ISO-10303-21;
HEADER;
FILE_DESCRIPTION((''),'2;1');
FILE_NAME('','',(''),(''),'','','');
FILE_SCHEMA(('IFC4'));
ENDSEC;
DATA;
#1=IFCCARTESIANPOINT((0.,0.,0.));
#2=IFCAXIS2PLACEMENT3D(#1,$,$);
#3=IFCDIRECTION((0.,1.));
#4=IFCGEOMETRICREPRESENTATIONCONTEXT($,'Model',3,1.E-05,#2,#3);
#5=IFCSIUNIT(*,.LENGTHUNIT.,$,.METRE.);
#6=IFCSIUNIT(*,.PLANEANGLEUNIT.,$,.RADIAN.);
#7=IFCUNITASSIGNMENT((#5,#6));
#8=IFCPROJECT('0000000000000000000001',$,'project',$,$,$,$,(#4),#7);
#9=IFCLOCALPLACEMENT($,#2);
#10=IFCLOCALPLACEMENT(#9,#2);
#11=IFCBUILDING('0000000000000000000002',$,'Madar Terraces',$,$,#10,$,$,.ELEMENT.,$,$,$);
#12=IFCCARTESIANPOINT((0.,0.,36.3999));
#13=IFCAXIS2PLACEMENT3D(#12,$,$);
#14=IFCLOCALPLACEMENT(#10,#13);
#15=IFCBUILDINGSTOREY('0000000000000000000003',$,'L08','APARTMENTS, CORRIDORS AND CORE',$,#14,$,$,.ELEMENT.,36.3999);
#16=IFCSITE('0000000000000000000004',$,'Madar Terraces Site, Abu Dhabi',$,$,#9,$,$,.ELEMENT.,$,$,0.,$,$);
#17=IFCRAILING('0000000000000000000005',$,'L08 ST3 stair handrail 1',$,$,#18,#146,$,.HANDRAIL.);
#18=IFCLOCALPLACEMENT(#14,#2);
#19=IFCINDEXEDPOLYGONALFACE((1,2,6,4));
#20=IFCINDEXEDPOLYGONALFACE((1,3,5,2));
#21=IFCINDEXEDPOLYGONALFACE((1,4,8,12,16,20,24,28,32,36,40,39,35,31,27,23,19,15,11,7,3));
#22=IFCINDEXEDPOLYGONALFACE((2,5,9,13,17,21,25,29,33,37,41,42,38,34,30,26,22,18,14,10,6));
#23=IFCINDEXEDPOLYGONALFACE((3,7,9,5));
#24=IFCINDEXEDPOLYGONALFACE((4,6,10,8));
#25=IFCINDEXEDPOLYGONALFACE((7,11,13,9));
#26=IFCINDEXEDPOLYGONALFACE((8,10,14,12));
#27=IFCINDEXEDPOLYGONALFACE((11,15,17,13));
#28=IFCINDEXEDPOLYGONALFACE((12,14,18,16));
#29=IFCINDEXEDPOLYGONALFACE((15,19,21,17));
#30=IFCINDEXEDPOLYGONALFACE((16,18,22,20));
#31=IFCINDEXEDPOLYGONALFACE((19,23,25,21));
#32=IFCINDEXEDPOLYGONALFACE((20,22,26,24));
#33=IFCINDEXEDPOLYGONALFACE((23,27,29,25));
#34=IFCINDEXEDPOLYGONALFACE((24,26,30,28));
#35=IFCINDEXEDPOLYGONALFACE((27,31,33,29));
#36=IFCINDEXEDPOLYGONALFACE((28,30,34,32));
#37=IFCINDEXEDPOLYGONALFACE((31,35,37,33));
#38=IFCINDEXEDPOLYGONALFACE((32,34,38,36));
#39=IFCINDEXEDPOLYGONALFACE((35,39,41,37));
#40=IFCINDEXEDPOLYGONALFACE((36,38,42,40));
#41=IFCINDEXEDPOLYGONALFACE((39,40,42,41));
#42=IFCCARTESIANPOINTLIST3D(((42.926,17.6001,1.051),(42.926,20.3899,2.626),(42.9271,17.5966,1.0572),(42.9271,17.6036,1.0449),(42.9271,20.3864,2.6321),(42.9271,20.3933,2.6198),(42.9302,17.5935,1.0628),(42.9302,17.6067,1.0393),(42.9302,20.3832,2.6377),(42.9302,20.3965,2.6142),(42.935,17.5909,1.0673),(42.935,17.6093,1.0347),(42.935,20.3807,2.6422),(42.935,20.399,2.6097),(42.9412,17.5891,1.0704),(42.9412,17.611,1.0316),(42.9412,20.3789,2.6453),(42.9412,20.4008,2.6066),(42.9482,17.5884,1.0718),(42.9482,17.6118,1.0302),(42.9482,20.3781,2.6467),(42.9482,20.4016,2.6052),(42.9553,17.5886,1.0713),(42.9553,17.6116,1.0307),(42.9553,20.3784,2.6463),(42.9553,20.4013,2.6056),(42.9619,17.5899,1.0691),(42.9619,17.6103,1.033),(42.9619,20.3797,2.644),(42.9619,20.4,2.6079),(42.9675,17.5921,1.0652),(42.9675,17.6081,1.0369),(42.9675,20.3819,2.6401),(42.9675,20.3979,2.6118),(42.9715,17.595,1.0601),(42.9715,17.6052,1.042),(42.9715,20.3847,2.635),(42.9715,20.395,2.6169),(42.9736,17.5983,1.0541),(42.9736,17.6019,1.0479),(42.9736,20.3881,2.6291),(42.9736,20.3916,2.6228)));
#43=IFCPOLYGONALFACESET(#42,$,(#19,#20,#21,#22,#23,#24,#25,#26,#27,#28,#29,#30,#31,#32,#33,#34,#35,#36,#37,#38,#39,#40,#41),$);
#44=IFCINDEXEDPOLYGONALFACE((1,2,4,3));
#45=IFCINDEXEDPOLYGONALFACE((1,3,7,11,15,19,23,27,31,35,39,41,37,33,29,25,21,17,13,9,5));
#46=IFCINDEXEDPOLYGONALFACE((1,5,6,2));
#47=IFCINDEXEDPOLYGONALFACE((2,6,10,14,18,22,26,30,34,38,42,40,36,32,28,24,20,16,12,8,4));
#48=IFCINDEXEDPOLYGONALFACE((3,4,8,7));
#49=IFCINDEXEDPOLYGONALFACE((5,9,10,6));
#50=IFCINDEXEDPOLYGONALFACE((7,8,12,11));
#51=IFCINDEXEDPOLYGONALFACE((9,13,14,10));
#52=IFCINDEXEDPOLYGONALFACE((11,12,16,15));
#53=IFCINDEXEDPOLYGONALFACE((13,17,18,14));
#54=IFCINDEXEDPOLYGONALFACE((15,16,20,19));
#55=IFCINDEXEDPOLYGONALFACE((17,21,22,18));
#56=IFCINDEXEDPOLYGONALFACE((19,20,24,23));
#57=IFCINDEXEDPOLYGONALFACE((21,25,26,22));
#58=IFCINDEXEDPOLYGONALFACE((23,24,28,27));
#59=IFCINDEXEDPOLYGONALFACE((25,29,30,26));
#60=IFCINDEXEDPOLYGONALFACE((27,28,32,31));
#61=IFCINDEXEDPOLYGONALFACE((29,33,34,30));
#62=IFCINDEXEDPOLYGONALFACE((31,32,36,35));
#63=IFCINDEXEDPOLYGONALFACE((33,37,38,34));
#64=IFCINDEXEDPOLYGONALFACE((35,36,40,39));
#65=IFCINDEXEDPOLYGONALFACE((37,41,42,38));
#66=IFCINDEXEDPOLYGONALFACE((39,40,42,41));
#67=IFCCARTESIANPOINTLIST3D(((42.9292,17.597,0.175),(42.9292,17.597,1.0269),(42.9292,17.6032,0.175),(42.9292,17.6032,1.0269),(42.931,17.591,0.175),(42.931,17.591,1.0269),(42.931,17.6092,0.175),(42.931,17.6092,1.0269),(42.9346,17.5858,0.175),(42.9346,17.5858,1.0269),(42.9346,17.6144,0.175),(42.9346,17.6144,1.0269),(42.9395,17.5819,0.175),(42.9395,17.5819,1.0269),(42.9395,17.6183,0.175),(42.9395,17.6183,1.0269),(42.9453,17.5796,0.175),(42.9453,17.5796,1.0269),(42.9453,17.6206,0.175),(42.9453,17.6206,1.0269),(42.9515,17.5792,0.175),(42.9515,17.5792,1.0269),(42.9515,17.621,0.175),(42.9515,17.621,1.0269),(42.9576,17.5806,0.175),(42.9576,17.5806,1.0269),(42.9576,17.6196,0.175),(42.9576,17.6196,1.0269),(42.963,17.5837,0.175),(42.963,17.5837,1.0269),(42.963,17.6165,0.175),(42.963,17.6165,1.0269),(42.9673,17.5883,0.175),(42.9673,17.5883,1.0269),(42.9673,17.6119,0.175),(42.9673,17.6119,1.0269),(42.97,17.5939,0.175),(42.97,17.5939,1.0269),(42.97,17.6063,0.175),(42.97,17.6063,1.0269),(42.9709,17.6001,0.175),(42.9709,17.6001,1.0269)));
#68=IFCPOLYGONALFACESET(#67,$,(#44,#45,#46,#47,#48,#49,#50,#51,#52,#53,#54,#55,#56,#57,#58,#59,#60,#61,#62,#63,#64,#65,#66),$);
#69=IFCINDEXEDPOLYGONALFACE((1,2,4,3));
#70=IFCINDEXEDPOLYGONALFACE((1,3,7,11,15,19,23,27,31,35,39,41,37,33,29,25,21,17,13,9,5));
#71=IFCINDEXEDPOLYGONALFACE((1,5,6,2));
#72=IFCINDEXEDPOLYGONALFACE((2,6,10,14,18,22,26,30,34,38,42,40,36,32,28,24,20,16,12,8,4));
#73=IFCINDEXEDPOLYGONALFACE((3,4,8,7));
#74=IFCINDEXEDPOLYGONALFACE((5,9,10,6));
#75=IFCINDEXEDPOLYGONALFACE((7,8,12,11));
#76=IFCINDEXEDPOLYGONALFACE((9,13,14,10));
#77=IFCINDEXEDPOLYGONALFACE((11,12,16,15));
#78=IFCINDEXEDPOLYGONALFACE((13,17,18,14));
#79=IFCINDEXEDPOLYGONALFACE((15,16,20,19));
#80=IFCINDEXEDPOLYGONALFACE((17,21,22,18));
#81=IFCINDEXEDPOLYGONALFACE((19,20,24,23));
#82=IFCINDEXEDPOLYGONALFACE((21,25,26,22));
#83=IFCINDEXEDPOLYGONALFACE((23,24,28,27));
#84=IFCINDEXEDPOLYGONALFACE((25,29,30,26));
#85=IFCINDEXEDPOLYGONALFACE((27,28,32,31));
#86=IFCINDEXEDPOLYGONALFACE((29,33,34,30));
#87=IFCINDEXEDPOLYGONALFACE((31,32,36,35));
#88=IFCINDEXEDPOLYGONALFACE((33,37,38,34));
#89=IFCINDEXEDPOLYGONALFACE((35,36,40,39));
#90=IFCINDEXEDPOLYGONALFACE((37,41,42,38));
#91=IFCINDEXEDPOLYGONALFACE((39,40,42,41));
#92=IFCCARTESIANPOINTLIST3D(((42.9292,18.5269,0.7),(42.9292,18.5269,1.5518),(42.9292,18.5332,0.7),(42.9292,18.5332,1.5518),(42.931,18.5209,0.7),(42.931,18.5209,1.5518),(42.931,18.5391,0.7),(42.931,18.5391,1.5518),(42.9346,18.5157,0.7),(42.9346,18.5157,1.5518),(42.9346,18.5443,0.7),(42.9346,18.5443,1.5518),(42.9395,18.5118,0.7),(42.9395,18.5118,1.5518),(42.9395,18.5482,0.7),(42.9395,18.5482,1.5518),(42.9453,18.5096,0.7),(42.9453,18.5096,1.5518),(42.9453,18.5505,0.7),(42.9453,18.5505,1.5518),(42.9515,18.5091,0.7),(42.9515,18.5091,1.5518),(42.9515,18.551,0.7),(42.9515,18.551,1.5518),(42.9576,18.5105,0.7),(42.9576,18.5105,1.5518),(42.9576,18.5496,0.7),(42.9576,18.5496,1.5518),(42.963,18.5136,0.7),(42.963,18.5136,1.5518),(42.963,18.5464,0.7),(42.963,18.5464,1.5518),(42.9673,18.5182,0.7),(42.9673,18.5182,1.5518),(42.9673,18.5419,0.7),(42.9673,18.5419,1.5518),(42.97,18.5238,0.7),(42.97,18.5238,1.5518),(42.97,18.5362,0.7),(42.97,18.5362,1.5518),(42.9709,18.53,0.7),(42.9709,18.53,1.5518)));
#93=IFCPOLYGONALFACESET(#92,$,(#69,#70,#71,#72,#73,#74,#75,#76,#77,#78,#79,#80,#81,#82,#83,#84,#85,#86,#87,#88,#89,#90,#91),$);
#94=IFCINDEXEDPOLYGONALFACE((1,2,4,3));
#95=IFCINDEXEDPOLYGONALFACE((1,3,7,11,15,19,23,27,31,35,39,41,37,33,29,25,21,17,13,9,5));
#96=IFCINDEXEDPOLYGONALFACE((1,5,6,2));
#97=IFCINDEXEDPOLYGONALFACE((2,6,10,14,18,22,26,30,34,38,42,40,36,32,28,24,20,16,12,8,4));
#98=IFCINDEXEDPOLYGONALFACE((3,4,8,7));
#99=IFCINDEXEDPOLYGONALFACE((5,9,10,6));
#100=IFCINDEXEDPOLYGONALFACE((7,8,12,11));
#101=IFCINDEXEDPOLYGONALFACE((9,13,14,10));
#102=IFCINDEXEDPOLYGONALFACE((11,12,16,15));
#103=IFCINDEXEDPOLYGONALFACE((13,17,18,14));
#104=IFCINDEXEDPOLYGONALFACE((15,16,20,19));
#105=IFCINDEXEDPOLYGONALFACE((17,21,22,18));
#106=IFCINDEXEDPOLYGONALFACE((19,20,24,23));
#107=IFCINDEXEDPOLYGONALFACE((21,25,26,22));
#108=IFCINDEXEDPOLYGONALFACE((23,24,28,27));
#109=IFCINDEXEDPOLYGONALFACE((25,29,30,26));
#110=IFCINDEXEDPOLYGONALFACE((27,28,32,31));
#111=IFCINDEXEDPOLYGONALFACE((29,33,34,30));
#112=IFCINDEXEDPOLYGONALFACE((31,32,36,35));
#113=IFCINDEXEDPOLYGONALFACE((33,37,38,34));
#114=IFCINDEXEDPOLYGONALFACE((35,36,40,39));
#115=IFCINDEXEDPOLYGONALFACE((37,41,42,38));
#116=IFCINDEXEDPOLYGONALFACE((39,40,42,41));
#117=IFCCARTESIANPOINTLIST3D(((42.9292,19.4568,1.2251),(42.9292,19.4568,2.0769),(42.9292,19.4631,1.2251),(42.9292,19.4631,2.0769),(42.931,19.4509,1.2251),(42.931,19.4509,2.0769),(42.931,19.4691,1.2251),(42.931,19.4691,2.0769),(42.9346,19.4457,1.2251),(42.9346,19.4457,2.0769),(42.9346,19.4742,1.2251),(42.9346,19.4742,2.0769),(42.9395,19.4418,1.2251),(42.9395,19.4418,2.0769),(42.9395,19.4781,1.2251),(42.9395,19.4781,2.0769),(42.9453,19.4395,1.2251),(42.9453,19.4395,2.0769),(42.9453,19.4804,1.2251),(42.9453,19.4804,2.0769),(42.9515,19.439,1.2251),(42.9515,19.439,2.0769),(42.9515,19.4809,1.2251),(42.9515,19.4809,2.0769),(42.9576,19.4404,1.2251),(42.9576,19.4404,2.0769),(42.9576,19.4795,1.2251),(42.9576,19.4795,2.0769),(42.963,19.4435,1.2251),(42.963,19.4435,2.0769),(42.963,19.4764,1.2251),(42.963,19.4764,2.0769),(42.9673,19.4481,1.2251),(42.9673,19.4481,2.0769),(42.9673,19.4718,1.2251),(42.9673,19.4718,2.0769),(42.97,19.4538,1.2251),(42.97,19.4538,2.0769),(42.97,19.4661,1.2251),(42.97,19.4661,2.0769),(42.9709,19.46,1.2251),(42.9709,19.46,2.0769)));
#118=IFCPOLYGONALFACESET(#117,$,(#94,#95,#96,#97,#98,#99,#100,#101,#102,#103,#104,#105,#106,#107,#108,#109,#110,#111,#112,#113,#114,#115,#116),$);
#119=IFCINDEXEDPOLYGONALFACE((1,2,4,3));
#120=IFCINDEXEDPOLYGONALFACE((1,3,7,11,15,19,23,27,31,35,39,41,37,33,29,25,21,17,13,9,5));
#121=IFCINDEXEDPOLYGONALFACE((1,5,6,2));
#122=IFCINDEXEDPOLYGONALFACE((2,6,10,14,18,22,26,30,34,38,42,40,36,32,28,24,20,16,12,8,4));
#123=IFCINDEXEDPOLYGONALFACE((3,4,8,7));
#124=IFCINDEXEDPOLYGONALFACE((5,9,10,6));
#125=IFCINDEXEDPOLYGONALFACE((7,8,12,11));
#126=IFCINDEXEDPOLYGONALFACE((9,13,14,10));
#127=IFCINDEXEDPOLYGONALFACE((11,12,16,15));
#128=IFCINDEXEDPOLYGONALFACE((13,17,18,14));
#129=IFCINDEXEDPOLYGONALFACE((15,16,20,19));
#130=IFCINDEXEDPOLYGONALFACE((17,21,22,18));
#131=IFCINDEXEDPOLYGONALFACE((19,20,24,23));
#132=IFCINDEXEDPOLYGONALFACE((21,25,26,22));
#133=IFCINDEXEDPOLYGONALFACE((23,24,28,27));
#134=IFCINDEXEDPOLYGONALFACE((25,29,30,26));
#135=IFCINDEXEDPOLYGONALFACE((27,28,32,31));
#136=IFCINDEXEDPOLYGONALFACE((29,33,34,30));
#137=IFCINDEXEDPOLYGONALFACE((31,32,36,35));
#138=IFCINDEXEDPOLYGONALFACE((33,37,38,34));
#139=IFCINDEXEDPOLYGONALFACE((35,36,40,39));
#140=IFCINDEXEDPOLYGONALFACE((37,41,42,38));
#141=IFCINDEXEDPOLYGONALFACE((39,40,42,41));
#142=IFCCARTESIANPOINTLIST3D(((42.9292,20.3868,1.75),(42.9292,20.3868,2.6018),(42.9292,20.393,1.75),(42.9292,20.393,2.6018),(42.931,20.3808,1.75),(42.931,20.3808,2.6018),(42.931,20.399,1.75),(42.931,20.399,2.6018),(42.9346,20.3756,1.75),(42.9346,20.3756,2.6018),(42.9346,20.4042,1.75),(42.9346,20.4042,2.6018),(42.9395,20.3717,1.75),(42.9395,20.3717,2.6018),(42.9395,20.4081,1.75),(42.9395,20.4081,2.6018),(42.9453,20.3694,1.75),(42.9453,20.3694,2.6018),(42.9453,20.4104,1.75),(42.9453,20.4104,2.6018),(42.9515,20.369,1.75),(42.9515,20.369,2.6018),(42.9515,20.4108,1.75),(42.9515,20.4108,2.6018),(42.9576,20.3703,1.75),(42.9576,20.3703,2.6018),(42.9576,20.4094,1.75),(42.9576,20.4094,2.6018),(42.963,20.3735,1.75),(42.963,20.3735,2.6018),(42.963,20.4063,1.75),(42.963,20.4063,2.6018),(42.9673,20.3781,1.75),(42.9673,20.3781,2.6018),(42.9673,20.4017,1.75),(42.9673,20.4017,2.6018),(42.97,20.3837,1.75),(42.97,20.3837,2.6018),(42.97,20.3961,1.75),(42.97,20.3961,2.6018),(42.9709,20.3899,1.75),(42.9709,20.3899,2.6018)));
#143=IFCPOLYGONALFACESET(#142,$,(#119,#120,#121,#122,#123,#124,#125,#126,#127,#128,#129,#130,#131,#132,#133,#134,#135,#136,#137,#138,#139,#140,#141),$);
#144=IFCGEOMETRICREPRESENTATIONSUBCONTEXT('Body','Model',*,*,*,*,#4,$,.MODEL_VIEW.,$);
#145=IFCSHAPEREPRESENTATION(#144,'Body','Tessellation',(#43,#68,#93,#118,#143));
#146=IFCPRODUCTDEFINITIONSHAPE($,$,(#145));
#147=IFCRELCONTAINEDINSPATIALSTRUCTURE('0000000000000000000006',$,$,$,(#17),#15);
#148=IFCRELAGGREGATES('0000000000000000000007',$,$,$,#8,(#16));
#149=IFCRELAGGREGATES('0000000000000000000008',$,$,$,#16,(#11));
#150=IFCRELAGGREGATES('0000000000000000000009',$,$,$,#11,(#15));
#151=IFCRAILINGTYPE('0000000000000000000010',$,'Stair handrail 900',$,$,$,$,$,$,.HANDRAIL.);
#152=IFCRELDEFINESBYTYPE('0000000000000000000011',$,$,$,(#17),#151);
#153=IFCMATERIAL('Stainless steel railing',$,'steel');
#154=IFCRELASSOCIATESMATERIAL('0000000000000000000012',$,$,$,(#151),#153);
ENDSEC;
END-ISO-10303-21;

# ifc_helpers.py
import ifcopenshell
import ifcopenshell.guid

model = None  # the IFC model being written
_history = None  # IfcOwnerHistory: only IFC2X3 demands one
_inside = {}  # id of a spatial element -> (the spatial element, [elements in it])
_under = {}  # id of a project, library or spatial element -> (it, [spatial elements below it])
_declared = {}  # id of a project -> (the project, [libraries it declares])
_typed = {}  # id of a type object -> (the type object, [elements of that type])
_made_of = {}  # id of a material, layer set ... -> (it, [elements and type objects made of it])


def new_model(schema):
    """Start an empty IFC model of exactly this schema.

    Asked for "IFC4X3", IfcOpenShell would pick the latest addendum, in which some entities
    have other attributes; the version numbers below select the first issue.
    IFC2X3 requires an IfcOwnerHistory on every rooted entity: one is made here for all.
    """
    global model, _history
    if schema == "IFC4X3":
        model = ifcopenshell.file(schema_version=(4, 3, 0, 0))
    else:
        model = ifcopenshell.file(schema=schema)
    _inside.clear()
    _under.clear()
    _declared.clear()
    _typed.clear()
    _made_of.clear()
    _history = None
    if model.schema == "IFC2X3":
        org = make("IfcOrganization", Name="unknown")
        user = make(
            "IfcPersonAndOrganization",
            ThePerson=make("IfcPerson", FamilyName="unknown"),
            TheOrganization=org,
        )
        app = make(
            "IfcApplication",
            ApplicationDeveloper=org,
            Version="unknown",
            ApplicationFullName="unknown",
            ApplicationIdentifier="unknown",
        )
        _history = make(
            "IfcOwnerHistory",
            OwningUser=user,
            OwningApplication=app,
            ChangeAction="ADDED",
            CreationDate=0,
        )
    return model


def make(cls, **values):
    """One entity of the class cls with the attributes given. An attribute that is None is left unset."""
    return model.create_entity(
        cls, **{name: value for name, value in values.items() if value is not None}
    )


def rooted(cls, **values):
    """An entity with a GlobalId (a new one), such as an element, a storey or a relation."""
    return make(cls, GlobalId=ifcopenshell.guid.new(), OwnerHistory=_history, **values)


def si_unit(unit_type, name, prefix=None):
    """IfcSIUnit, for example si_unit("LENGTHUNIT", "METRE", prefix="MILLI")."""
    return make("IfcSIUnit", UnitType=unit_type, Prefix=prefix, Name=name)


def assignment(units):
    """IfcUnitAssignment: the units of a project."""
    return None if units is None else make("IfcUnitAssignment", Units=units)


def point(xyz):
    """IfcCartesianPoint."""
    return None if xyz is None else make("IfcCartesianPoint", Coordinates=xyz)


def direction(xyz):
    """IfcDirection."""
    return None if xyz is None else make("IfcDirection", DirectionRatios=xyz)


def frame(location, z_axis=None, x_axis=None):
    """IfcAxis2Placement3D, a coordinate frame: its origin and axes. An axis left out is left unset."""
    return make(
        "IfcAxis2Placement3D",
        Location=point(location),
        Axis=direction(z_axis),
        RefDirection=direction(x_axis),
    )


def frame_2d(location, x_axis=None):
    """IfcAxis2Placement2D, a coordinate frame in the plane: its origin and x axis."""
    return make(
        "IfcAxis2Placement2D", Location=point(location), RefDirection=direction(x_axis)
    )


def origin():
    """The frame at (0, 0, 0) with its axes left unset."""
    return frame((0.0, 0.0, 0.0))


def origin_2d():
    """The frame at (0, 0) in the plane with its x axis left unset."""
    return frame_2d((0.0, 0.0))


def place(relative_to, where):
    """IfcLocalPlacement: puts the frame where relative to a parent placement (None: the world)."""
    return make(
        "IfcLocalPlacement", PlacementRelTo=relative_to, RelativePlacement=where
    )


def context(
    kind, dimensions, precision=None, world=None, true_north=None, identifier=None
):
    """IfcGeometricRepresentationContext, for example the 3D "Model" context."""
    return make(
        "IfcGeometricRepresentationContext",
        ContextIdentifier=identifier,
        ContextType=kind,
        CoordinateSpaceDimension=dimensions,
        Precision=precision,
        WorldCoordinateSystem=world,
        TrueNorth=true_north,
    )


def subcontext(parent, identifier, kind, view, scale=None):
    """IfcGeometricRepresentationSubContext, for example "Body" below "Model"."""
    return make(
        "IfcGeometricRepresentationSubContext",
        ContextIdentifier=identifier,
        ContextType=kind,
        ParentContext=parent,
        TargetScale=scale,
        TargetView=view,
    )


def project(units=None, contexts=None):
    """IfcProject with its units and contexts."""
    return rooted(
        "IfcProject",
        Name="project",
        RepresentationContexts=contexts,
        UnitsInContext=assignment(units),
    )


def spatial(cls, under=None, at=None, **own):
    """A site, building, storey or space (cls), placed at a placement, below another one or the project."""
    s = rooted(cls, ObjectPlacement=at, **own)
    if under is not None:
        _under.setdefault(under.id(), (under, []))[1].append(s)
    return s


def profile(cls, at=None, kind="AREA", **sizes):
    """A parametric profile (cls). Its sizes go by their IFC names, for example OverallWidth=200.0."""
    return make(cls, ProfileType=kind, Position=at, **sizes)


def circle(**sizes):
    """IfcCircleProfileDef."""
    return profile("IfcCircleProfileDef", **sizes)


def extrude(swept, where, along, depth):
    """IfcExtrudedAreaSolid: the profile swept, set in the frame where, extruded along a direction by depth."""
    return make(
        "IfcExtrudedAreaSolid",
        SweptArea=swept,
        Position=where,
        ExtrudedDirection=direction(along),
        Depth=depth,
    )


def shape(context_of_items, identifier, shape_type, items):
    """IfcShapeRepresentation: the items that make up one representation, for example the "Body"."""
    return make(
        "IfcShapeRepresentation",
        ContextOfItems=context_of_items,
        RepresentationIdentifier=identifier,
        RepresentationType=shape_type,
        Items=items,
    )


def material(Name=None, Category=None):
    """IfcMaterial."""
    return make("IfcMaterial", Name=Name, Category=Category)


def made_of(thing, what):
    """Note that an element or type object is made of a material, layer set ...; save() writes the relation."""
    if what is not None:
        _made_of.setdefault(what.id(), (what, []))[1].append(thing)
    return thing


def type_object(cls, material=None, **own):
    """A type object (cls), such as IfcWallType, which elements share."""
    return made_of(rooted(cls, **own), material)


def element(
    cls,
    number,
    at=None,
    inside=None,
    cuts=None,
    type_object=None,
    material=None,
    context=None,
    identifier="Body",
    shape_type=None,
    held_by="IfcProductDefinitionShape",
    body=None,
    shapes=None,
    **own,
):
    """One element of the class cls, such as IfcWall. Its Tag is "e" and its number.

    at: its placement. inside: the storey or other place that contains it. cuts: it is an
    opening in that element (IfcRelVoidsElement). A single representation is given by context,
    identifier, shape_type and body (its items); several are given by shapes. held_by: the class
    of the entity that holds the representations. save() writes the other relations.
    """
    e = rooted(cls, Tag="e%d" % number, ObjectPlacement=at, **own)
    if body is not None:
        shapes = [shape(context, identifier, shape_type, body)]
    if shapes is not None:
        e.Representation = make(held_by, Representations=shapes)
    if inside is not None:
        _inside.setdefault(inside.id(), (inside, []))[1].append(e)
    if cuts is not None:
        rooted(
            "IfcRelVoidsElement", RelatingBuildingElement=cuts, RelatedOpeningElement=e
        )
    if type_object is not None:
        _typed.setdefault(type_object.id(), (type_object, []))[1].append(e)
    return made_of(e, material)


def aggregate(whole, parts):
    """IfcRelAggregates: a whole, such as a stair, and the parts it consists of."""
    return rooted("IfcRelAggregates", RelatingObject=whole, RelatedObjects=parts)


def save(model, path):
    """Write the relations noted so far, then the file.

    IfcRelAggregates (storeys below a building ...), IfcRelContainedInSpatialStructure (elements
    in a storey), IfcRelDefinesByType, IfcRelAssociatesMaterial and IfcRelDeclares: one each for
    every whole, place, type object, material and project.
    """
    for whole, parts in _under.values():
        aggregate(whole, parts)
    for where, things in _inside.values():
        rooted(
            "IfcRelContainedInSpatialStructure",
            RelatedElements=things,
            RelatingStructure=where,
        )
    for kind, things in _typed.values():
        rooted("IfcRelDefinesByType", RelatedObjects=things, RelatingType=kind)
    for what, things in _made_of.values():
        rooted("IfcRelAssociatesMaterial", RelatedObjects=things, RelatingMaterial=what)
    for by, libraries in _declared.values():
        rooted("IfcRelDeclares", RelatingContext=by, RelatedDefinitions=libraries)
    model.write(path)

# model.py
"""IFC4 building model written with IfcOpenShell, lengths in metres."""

from ifc_helpers import new_model, si_unit, direction, frame, origin, origin_2d, place, context, subcontext, project, spatial, circle, extrude, material, type_object, element, save


model = new_model("IFC4")

# Units and contexts
model_context = context("Model", 3, precision=1e-05, world=origin(), true_north=direction((0.0, 1.0)))
body_context = subcontext(model_context, "Body", "Model", "MODEL_VIEW")
ifc_project = project(units=[si_unit("LENGTHUNIT", "METRE"), si_unit("PLANEANGLEUNIT", "RADIAN")], contexts=[model_context])

# Site, building, storey
site_placement = place(None, origin())
site = spatial("IfcSite", under=ifc_project, at=site_placement, Name="Madar Terraces Site, Abu Dhabi", CompositionType="ELEMENT", RefElevation=0.0)
building_placement = place(site_placement, origin())
building = spatial("IfcBuilding", under=site, at=building_placement, Name="Madar Terraces", CompositionType="ELEMENT")
storey_placement = place(building_placement, frame((0.0, 0.0, 36.3999)))
storey = spatial("IfcBuildingStorey", under=building, at=storey_placement, Name="L08", Description="APARTMENTS, CORRIDORS AND CORE", CompositionType="ELEMENT", Elevation=36.3999)

# Railing
ifc_material_1 = material(Name="Stainless steel railing", Category="steel")
railing_type_1 = type_object("IfcRailingType", Name="Stair handrail 900", PredefinedType="HANDRAIL", material=ifc_material_1)
railing_1_placement = place(storey_placement, frame((42.95, 17.6001, 0.175)))
element("IfcRailing", 1, at=railing_1_placement, inside=storey, type_object=railing_type_1, Name="L08 ST3 stair handrail 1", PredefinedType="HANDRAIL", context=body_context, shape_type="SweptSolid", body=[
    extrude(circle(Radius=0.0239, at=origin_2d()), frame((0.0, 0.0, 0.876), z_axis=(0.0, 0.870815, 0.49161), x_axis=(-1.0, 0.0, 0.0)), (0.0, 0.0, 1.0), 3.2036),
    extrude(circle(Radius=0.021, at=origin_2d()), origin(), (0.0, 0.0, 1.0), 0.8518),
    extrude(circle(Radius=0.021, at=origin_2d()), frame((0.0, 0.9299, 0.5249)), (0.0, 0.0, 1.0), 0.8518),
    extrude(circle(Radius=0.021, at=origin_2d()), frame((0.0, 1.8599, 1.05)), (0.0, 0.0, 1.0), 0.8518),
    extrude(circle(Radius=0.021, at=origin_2d()), frame((0.0, 2.7898, 1.575)), (0.0, 0.0, 1.0), 0.8518),
])

save(model, "model.ifc")
